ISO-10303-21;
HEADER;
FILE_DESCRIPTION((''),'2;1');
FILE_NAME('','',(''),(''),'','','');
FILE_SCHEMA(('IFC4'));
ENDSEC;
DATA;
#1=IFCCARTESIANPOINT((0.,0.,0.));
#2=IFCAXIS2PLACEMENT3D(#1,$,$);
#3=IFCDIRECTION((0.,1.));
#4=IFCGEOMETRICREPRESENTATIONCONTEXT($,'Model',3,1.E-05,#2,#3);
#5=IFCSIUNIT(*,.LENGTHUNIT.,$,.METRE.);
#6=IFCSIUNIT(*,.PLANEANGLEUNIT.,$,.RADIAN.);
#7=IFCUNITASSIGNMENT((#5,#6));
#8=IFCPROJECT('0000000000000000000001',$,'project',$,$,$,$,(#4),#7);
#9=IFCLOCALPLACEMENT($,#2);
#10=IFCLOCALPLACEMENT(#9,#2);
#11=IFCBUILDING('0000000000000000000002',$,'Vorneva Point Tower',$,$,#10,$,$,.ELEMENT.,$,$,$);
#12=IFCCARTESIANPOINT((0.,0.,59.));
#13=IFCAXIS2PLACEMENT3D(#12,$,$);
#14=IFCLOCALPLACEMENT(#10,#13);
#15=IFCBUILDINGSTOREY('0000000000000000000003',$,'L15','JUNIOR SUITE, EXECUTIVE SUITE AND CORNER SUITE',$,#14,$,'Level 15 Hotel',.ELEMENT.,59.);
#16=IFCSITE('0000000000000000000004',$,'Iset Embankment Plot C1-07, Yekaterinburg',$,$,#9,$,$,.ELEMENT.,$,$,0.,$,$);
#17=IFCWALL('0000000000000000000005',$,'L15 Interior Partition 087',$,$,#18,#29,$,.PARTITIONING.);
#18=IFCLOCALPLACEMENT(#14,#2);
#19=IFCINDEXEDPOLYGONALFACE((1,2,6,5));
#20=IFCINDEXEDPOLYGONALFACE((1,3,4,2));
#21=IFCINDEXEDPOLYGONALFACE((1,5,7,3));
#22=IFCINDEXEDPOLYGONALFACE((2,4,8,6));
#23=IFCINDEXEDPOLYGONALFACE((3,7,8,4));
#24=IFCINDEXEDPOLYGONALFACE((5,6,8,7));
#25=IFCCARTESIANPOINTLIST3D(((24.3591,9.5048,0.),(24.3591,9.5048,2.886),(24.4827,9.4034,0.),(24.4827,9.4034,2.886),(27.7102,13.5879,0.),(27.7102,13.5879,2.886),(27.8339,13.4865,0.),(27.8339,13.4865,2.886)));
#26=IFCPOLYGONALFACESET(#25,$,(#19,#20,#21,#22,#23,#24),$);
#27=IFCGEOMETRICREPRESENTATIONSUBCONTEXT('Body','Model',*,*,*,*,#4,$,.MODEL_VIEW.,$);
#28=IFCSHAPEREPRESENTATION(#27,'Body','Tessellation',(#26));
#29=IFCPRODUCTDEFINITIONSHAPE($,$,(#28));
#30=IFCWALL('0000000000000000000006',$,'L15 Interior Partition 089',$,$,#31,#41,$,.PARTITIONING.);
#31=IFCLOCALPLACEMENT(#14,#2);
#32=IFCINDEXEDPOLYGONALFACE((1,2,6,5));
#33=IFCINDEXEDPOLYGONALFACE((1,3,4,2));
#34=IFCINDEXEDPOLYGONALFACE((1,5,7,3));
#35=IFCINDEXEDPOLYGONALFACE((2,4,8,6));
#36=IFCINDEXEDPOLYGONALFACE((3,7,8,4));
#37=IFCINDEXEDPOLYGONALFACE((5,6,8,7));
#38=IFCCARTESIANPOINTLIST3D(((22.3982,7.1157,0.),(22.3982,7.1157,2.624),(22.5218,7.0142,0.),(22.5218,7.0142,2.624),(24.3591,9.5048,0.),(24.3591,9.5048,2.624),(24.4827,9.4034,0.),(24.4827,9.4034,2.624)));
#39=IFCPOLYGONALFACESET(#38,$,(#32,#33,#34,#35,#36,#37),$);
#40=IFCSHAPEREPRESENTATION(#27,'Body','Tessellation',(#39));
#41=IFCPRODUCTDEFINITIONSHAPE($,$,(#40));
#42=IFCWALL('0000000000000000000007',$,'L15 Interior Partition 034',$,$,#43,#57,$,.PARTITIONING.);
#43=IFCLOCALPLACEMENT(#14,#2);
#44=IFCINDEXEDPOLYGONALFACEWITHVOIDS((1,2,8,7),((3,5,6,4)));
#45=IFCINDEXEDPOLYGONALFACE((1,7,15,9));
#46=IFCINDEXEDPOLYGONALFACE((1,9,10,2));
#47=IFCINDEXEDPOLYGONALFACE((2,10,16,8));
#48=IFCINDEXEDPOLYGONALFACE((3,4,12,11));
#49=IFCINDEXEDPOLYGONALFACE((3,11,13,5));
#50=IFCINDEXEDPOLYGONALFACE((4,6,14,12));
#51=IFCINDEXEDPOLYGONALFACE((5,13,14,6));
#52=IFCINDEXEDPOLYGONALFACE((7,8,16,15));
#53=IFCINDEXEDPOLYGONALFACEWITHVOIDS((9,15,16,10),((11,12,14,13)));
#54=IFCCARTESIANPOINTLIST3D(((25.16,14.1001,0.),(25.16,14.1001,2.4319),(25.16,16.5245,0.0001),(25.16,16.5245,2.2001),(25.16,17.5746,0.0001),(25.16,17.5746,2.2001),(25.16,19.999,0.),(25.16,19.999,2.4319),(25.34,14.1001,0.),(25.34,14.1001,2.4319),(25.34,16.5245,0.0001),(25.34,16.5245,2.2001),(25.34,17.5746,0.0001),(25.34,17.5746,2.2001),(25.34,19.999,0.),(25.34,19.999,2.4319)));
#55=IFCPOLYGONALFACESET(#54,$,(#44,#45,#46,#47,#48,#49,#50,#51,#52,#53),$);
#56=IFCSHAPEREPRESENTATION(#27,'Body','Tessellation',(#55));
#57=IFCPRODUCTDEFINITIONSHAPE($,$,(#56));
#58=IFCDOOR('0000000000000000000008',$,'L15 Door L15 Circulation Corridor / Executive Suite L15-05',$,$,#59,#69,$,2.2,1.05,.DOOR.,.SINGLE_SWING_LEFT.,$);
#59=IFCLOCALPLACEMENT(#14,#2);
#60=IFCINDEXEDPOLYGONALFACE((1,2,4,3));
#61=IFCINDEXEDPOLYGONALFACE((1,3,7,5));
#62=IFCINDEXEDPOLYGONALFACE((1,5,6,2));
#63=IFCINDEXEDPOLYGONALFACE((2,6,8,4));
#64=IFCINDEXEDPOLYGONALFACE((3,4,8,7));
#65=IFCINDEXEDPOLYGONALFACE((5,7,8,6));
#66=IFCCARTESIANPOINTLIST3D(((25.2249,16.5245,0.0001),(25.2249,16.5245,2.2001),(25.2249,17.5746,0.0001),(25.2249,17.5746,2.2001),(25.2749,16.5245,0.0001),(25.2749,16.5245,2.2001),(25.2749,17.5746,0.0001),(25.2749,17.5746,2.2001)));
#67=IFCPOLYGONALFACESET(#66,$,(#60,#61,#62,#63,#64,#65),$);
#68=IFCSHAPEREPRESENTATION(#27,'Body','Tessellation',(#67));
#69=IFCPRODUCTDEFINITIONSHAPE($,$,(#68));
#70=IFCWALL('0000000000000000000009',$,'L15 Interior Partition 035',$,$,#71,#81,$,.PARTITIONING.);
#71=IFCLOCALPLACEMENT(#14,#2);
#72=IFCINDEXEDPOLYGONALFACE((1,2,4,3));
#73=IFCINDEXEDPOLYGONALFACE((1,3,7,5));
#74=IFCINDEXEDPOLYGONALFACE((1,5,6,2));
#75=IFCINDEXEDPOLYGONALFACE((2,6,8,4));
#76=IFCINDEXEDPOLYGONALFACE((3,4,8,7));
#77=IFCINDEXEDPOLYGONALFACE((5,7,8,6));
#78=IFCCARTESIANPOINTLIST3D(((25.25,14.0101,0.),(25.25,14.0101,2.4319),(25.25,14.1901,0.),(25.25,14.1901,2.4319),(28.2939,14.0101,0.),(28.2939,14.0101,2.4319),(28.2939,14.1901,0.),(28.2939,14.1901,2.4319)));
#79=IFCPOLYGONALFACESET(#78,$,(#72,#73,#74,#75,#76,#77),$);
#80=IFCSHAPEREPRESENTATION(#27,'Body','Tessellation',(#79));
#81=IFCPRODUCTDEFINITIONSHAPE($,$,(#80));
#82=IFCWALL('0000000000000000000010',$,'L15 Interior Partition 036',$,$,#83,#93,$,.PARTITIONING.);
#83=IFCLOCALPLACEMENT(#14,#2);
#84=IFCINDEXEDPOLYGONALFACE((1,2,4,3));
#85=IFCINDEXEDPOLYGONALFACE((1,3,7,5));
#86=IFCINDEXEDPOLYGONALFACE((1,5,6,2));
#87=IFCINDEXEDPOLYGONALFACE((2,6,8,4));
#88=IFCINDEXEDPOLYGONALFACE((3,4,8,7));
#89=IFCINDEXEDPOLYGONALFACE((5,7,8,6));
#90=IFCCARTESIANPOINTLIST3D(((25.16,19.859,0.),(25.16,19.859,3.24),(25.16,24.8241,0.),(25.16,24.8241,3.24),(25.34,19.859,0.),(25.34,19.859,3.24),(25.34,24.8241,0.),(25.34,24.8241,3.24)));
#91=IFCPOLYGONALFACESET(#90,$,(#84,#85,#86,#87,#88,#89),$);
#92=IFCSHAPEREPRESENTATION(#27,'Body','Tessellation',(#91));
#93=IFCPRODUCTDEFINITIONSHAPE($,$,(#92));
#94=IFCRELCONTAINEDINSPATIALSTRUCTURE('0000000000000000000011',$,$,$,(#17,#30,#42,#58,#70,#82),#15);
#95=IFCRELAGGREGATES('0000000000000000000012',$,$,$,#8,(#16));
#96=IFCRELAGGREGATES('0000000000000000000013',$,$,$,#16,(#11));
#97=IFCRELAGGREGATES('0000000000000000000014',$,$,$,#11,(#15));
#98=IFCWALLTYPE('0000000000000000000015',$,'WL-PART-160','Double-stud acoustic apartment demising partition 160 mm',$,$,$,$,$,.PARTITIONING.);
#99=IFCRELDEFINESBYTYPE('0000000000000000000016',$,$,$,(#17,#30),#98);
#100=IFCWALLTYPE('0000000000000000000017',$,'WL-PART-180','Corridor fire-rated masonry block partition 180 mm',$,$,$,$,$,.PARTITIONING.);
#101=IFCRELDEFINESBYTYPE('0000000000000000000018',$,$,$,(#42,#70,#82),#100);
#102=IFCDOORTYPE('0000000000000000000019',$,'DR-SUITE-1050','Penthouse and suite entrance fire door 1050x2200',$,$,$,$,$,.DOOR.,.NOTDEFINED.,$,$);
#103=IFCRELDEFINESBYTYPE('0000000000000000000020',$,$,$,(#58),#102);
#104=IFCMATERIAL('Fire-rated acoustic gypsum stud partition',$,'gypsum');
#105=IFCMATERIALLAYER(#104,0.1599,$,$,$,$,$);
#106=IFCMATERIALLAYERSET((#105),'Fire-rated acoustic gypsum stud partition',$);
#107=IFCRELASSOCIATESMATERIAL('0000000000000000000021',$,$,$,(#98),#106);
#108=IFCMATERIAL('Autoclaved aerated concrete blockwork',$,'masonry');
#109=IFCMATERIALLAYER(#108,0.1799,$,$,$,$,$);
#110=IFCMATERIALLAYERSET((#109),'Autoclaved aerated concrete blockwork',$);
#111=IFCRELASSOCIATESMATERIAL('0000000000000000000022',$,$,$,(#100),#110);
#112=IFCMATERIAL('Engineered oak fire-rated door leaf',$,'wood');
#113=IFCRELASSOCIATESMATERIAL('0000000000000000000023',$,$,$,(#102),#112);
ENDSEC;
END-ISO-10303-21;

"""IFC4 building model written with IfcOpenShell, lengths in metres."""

from ifc_helpers import new_model, si_unit, direction, frame, frame_2d, origin, place, context, subcontext, project, spatial, rectangle, extrude, material, layer, layer_set, type_object, element, fill, save


model = new_model("IFC4")

# Units and contexts
model_context = context("Model", 3, precision=1e-05, world=origin(), true_north=direction((0.0, 1.0)))
body_context = subcontext(model_context, "Body", "Model", "MODEL_VIEW")
ifc_project = project(units=[si_unit("LENGTHUNIT", "METRE"), si_unit("PLANEANGLEUNIT", "RADIAN")], contexts=[model_context])

# Site, building, storey
site_placement = place(None, origin())
site = spatial("IfcSite", under=ifc_project, at=site_placement, Name="Iset Embankment Plot C1-07, Yekaterinburg", CompositionType="ELEMENT", RefElevation=0.0)
building_placement = place(site_placement, origin())
building = spatial("IfcBuilding", under=site, at=building_placement, Name="Vorneva Point Tower", CompositionType="ELEMENT")
storey_placement = place(building_placement, frame((0.0, 0.0, 59.0)))
storey = spatial("IfcBuildingStorey", under=building, at=storey_placement, Name="L15", Description="JUNIOR SUITE, EXECUTIVE SUITE AND CORNER SUITE", LongName="Level 15 Hotel", CompositionType="ELEMENT", Elevation=59.0)

# Shared definitions
ifc_material_1 = material(Name="Fire-rated acoustic gypsum stud partition", Category="gypsum")

# Shared definitions
ifc_material_2 = material(Name="Engineered oak fire-rated door leaf", Category="wood")

# Walls
ifc_layer_1 = layer(ifc_material_1, 0.1599)
ifc_layer_set_1 = layer_set([ifc_layer_1], Name="Fire-rated acoustic gypsum stud partition")
wall_type_1 = type_object("IfcWallType", Name="WL-PART-160", Description="Double-stud acoustic apartment demising partition 160 mm", PredefinedType="PARTITIONING", material=ifc_layer_set_1)
wall_1_placement = place(storey_placement, frame((24.4209, 9.4541, 0.0), z_axis=(0.0, 0.0, 1.0), x_axis=(0.63442, 0.772989, 0.0)))
element("IfcWall", 1, at=wall_1_placement, inside=storey, type_object=wall_type_1, Name="L15 Interior Partition 087", PredefinedType="PARTITIONING", context=body_context, shape_type="SweptSolid", body=[
    extrude(rectangle(XDim=5.2822, YDim=0.1599, at=frame_2d((2.6411, 0.0))), origin(), (0.0, 0.0, 1.0), 2.886),
])
wall_2_placement = place(storey_placement, frame((22.46, 7.0649, 0.0), z_axis=(0.0, 0.0, 1.0), x_axis=(0.634433, 0.772978, 0.0)))
element("IfcWall", 2, at=wall_2_placement, inside=storey, type_object=wall_type_1, Name="L15 Interior Partition 089", PredefinedType="PARTITIONING", context=body_context, shape_type="SweptSolid", body=[
    extrude(rectangle(XDim=3.0908, YDim=0.1599, at=frame_2d((1.5454, 0.0))), origin(), (0.0, 0.0, 1.0), 2.624),
])

# Wall, opening, door
ifc_material_3 = material(Name="Autoclaved aerated concrete blockwork", Category="masonry")
ifc_layer_2 = layer(ifc_material_3, 0.1799)
ifc_layer_set_2 = layer_set([ifc_layer_2], Name="Autoclaved aerated concrete blockwork")
wall_type_2 = type_object("IfcWallType", Name="WL-PART-180", Description="Corridor fire-rated masonry block partition 180 mm", PredefinedType="PARTITIONING", material=ifc_layer_set_2)
wall_3_placement = place(storey_placement, frame((25.25, 19.999, 0.0), z_axis=(0.0, 0.0, 1.0), x_axis=(0.0, -1.0, 0.0)))
wall_3 = element("IfcWall", 3, at=wall_3_placement, inside=storey, type_object=wall_type_2, Name="L15 Interior Partition 034", PredefinedType="PARTITIONING", context=body_context, shape_type="SweptSolid", body=[
    extrude(rectangle(XDim=5.8989, YDim=0.1799, at=frame_2d((2.9495, 0.0))), origin(), (0.0, 0.0, 1.0), 2.4319),
])
opening_1_placement = place(wall_3_placement, frame((2.4246, 0.0, 0.0)))
opening_1 = element("IfcOpeningElement", 4, at=opening_1_placement, cuts=wall_3, PredefinedType="OPENING", context=body_context, shape_type="SweptSolid", body=[
    extrude(rectangle(XDim=1.05, YDim=2.2, at=frame_2d((0.5249, 1.1001))), frame((0.0, 0.105, 0.0), z_axis=(0.0, -1.0, 0.0), x_axis=(1.0, 0.0, 0.0)), (0.0, 0.0, 1.0), 0.2097),
])
door_type_1 = type_object("IfcDoorType", Name="DR-SUITE-1050", Description="Penthouse and suite entrance fire door 1050x2200", OperationType="NOTDEFINED", PredefinedType="DOOR", material=ifc_material_2)
door_1_placement = place(opening_1_placement, origin())
door_1 = element("IfcDoor", 5, at=door_1_placement, inside=storey, type_object=door_type_1, Name="L15 Door L15 Circulation Corridor / Executive Suite L15-05", OperationType="SINGLE_SWING_LEFT", OverallHeight=2.2, OverallWidth=1.05, PredefinedType="DOOR", context=body_context, shape_type="SweptSolid", body=[
    extrude(rectangle(XDim=1.05, YDim=2.2, at=frame_2d((0.5249, 1.1001))), frame((0.0, 0.0249, 0.0), z_axis=(0.0, -1.0, 0.0), x_axis=(1.0, 0.0, 0.0)), (0.0, 0.0, 1.0), 0.05),
])
fill(opening_1, door_1)

# Walls
wall_4_placement = place(storey_placement, frame((25.25, 14.1001, 0.0), z_axis=(0.0, 0.0, 1.0), x_axis=(1.0, 0.0, 0.0)))
element("IfcWall", 6, at=wall_4_placement, inside=storey, type_object=wall_type_2, Name="L15 Interior Partition 035", PredefinedType="PARTITIONING", context=body_context, shape_type="SweptSolid", body=[
    extrude(rectangle(XDim=3.0439, YDim=0.1799, at=frame_2d((1.522, 0.0))), origin(), (0.0, 0.0, 1.0), 2.4319),
])
wall_5_placement = place(storey_placement, frame((25.25, 24.824, 0.0), z_axis=(0.0, 0.0, 1.0), x_axis=(0.0, -1.0, 0.0)))
element("IfcWall", 7, at=wall_5_placement, inside=storey, type_object=wall_type_2, Name="L15 Interior Partition 036", PredefinedType="PARTITIONING", context=body_context, shape_type="SweptSolid", body=[
    extrude(rectangle(XDim=4.9651, YDim=0.1799, at=frame_2d((2.4824, 0.0))), origin(), (0.0, 0.0, 1.0), 3.24),
])

save(model, "model.ifc")
